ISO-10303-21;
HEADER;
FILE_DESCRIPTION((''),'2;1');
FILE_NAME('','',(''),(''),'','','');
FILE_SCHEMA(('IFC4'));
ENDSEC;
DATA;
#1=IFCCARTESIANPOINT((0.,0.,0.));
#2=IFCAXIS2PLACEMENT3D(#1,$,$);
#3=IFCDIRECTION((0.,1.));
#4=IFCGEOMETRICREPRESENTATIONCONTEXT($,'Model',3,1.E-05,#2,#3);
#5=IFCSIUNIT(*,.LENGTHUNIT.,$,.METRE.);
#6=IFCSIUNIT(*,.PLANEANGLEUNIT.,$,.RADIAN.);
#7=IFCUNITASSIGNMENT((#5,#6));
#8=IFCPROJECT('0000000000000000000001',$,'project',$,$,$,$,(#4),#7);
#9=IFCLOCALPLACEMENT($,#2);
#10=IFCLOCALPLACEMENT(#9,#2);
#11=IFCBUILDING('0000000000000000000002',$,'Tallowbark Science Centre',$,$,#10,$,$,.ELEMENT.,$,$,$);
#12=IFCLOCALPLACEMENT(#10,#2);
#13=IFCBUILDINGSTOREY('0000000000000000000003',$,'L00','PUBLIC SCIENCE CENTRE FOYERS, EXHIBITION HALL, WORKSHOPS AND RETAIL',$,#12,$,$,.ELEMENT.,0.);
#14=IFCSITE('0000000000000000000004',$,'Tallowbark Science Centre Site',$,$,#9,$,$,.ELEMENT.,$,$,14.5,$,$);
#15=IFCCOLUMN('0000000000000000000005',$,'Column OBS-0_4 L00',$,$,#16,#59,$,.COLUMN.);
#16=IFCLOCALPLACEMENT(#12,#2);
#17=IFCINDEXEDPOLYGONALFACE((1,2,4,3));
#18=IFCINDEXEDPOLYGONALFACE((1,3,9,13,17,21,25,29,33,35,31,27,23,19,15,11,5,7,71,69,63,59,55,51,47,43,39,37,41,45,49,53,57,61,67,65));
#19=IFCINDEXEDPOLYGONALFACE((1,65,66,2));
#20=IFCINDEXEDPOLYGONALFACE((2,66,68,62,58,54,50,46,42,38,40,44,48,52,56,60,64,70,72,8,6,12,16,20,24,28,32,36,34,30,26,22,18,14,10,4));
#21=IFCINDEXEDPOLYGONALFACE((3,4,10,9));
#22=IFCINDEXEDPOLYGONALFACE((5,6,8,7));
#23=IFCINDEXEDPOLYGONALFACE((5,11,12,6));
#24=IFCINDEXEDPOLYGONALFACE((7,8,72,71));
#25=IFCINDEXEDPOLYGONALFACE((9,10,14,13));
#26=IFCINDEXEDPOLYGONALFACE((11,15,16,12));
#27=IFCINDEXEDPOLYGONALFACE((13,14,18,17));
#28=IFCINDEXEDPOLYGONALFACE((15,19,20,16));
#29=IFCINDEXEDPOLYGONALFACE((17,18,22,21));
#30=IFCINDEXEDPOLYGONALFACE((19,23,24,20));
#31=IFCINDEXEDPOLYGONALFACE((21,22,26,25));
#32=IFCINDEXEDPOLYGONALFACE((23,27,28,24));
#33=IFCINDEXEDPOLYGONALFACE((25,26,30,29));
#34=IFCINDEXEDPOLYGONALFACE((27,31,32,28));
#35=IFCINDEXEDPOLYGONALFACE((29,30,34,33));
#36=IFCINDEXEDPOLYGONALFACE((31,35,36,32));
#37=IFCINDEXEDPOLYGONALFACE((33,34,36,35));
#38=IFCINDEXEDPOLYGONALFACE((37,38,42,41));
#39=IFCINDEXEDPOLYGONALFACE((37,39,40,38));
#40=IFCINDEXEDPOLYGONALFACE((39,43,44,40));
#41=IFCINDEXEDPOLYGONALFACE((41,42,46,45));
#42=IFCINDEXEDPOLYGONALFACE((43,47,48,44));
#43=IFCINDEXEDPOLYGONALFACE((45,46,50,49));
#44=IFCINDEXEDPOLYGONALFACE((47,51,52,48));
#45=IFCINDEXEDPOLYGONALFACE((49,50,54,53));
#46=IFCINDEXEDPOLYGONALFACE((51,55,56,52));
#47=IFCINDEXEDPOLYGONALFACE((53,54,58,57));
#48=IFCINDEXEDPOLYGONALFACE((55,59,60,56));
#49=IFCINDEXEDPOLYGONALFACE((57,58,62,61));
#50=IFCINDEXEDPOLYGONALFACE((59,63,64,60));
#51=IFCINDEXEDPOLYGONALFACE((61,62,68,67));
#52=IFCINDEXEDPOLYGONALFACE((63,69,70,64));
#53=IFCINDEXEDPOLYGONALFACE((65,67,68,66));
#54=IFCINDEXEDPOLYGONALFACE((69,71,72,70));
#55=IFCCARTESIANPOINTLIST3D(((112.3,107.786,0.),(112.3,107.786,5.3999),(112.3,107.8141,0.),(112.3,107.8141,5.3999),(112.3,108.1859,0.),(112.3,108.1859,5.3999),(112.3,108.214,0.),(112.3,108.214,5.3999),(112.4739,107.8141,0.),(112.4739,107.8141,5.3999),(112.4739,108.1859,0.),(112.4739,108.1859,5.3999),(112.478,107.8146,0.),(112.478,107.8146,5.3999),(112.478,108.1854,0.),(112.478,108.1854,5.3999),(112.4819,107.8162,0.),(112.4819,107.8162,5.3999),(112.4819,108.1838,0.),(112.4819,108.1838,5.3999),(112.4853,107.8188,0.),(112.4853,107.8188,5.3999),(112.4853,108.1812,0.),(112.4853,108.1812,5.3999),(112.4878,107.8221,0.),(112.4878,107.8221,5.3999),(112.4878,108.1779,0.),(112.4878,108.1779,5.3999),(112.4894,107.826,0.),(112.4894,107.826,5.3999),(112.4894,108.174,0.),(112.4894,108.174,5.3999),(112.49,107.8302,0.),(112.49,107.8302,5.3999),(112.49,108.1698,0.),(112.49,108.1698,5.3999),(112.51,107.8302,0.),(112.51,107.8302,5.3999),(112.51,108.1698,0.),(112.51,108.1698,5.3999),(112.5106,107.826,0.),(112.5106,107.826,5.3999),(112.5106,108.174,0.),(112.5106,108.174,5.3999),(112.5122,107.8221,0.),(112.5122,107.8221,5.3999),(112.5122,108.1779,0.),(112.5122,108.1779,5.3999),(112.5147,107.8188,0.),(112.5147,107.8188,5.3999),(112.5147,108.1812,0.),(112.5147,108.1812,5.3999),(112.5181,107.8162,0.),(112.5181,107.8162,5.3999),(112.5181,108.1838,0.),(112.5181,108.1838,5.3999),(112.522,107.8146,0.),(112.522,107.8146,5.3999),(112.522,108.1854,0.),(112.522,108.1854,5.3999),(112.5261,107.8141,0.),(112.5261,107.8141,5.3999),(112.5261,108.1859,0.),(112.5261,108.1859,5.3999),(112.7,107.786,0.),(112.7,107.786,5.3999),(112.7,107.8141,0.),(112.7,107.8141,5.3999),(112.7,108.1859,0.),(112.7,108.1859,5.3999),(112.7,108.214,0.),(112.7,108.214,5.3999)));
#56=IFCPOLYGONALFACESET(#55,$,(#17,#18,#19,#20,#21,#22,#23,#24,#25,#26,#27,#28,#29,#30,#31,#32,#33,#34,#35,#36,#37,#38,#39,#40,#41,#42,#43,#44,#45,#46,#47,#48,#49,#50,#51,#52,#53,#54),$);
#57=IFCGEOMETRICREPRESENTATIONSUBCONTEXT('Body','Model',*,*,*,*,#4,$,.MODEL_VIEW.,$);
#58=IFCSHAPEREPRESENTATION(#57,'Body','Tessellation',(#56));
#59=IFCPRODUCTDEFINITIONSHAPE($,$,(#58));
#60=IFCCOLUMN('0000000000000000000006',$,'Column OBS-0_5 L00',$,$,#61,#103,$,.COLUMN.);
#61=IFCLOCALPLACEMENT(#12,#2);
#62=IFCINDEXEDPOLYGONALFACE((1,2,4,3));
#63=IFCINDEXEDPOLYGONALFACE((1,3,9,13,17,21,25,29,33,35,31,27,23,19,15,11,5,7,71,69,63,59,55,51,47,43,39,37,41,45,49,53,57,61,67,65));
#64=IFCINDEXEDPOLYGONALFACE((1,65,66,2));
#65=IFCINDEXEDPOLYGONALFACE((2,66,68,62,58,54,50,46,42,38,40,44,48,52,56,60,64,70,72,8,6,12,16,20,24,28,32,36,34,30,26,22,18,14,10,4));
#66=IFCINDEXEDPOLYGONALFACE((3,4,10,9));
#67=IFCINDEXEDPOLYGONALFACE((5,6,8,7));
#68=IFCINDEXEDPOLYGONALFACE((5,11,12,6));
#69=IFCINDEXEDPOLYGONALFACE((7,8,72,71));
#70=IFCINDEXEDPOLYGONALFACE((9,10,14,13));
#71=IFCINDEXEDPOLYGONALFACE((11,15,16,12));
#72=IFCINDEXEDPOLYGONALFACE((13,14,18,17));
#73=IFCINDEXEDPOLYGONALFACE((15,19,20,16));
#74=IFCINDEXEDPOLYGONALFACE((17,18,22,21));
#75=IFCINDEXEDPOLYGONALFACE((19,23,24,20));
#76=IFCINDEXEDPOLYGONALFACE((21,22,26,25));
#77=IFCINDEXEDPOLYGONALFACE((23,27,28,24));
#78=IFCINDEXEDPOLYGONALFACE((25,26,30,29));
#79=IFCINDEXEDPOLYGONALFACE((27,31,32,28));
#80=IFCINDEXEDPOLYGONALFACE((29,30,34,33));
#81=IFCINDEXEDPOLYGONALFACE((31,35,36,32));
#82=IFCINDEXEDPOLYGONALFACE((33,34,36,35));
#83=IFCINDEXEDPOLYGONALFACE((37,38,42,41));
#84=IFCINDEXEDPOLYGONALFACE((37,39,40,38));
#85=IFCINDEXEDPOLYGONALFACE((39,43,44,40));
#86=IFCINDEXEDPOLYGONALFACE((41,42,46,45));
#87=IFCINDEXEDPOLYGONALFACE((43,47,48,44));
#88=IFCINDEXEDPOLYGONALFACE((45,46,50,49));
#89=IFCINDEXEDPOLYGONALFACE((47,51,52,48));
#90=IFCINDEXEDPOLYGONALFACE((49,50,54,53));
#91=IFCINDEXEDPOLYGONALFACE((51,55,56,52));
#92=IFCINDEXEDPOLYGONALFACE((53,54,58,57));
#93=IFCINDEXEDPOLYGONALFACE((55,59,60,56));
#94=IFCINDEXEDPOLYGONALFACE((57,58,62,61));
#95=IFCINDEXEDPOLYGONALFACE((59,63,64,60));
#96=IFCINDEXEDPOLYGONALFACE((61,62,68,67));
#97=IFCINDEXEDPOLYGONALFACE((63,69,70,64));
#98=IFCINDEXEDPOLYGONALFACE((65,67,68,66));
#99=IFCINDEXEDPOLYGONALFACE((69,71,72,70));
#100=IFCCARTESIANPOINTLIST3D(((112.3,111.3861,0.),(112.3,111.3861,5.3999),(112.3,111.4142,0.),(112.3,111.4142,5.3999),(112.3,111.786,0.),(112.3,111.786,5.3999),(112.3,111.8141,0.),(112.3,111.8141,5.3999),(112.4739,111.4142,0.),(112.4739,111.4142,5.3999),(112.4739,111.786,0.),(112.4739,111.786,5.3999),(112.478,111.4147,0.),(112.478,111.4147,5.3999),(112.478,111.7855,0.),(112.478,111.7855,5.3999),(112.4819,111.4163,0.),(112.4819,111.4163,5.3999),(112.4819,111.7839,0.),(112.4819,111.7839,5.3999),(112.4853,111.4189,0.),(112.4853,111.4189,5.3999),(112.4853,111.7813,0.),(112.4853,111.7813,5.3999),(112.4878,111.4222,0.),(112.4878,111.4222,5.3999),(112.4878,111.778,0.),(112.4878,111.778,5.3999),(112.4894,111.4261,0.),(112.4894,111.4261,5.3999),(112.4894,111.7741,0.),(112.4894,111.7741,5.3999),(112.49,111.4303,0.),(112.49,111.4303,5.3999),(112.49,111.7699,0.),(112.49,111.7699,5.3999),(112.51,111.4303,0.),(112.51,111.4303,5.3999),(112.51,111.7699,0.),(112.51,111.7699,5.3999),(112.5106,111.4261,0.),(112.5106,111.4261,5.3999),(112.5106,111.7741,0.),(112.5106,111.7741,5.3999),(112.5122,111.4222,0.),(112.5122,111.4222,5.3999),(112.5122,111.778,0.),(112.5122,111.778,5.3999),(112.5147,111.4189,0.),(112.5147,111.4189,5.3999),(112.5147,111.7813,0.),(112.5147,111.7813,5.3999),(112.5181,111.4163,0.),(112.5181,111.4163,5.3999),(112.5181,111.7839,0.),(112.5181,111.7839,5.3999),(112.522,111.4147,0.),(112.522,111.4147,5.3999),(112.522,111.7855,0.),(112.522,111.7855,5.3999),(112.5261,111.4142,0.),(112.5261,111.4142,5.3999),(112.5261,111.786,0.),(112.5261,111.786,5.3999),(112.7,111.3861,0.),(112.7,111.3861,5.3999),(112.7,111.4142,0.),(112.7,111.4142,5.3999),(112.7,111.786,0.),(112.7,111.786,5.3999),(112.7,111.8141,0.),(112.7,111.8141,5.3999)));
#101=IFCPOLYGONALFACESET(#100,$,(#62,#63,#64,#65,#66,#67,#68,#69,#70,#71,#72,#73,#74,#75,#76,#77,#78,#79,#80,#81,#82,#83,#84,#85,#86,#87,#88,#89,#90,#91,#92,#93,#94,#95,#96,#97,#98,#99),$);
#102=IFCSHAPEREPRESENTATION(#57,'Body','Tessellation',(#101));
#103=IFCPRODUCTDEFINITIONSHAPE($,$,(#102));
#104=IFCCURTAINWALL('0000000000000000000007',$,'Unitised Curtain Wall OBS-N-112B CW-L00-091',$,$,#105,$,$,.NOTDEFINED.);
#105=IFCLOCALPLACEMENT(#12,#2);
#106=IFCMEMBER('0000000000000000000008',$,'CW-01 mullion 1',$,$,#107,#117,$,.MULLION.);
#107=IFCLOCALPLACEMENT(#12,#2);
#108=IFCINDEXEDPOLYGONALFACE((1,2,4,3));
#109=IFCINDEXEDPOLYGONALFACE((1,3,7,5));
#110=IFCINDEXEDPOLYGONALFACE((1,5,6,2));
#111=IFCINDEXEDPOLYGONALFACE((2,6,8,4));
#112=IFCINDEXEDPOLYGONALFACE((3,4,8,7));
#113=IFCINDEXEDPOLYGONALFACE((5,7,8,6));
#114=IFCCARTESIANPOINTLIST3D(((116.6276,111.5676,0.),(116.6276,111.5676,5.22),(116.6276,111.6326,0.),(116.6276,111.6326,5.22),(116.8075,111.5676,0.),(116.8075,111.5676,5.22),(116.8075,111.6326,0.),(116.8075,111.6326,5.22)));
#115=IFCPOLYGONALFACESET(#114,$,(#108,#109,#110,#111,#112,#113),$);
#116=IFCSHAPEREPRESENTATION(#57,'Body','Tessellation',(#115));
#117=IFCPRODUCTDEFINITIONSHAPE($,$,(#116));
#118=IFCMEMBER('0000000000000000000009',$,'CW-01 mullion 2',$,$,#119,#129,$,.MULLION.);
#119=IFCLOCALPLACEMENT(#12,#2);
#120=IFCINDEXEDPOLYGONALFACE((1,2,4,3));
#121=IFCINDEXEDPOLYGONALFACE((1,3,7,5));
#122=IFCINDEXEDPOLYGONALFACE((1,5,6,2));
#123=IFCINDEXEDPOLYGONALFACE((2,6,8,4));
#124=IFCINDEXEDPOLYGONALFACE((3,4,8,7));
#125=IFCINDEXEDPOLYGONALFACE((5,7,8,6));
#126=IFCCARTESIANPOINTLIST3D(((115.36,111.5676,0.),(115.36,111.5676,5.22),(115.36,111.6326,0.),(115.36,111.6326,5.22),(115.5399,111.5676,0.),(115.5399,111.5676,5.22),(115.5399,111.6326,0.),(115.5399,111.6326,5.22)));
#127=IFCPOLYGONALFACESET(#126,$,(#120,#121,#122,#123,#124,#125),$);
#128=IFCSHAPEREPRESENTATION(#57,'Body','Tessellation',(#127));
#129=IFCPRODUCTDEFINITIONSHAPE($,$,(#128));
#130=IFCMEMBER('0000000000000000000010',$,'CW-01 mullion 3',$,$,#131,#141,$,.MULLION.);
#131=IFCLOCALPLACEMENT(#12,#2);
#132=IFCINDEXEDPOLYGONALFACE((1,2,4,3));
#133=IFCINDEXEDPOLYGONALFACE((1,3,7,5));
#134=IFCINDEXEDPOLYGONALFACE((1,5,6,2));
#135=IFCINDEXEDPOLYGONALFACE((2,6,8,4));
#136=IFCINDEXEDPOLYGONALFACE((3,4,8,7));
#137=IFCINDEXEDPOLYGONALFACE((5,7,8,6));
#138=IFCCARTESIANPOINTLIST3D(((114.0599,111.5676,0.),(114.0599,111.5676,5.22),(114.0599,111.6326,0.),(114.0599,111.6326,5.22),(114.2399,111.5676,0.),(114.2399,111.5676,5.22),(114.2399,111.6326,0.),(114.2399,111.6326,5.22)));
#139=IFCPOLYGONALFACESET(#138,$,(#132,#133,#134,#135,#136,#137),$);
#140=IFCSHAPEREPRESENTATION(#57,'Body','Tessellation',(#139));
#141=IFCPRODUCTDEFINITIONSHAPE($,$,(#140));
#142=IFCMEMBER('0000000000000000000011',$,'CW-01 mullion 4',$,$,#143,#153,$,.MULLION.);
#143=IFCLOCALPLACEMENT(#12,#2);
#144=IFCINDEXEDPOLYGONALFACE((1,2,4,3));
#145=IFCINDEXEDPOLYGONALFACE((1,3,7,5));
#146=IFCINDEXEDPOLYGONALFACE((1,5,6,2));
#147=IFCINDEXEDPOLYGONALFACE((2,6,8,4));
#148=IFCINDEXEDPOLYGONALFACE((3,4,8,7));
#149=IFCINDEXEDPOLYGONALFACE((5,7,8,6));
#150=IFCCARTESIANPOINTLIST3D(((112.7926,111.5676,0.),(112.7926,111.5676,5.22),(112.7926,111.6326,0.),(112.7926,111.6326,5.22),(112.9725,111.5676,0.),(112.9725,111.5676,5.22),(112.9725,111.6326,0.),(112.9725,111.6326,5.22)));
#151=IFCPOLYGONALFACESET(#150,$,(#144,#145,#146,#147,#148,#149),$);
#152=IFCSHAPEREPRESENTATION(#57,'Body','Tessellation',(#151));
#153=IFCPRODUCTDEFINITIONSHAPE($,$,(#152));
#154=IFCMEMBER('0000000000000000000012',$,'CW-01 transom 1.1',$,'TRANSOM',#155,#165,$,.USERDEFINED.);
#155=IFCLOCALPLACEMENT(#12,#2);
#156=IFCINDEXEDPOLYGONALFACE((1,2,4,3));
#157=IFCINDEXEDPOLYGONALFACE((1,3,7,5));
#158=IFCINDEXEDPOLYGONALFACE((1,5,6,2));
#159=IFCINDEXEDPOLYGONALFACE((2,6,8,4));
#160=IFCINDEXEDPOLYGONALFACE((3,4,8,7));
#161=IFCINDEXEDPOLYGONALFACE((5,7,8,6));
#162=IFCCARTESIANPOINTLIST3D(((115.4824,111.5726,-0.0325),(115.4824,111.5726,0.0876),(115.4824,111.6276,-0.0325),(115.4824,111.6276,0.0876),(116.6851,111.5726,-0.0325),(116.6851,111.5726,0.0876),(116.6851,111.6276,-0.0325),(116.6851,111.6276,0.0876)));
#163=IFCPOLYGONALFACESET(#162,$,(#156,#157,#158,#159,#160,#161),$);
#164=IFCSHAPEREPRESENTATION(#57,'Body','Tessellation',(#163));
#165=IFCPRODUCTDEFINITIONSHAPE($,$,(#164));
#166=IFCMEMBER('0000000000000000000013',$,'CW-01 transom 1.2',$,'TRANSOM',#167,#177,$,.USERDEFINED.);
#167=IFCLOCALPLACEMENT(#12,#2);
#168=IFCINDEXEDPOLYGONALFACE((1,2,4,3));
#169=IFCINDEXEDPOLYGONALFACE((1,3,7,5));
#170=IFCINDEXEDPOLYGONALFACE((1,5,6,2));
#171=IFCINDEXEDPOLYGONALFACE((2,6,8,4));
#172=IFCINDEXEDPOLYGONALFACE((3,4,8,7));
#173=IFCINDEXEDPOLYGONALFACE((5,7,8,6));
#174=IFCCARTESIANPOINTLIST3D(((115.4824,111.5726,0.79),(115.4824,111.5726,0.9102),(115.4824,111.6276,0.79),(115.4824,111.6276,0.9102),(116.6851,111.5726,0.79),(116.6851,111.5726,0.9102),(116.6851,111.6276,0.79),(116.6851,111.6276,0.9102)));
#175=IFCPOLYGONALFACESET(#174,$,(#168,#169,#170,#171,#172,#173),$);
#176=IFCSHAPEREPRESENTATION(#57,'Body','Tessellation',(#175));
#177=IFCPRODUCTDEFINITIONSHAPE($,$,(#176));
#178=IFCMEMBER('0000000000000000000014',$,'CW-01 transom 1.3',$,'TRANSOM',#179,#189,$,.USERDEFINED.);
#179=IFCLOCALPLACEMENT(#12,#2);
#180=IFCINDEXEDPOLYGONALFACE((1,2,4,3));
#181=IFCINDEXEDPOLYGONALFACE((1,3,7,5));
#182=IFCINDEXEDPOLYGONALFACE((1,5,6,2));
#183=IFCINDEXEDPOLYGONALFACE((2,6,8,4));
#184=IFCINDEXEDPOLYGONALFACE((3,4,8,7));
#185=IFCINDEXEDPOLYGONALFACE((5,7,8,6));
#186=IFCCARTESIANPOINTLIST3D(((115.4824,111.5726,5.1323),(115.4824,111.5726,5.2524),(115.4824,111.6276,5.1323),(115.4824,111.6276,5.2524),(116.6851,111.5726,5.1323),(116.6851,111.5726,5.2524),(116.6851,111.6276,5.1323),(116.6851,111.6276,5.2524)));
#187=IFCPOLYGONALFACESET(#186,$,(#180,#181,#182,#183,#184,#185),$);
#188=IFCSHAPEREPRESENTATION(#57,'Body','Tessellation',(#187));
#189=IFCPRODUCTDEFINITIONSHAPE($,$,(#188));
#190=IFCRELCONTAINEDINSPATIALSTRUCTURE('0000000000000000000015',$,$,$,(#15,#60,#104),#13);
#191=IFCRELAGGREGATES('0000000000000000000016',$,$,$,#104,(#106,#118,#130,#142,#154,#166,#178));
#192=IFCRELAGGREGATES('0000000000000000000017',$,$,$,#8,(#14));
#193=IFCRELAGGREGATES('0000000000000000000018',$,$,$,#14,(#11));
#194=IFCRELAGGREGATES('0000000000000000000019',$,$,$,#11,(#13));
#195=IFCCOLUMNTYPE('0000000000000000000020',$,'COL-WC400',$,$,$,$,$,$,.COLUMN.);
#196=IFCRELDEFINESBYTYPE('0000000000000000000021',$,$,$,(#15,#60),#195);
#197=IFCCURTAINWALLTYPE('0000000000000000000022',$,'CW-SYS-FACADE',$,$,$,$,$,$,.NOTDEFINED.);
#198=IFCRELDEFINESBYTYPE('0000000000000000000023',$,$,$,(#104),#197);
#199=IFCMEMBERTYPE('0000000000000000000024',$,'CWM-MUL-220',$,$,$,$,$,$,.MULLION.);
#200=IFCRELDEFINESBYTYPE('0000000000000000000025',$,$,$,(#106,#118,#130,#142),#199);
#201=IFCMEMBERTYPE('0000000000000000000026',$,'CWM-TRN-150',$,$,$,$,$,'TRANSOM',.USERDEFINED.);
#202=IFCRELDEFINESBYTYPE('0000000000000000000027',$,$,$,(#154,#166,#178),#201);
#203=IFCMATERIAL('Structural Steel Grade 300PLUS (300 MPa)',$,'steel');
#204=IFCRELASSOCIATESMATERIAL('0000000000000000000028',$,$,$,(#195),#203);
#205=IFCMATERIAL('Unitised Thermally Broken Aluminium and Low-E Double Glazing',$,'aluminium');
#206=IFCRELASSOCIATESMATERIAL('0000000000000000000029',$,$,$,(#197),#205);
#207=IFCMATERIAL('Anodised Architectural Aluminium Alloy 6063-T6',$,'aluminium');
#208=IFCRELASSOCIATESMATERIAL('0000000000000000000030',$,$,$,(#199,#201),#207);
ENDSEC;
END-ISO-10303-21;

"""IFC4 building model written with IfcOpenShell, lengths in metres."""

from ifc_helpers import new_model, si_unit, direction, frame, origin, origin_2d, place, context, subcontext, project, spatial, rectangle, i_section, extrude, material, material_profile, profile_set, type_object, element, aggregate, save


model = new_model("IFC4")

# Units and contexts
model_context = context("Model", 3, precision=1e-05, world=origin(), true_north=direction((0.0, 1.0)))
body_context = subcontext(model_context, "Body", "Model", "MODEL_VIEW")
ifc_project = project(units=[si_unit("LENGTHUNIT", "METRE"), si_unit("PLANEANGLEUNIT", "RADIAN")], contexts=[model_context])

# Site, building, storey
site_placement = place(None, origin())
site = spatial("IfcSite", under=ifc_project, at=site_placement, Name="Tallowbark Science Centre Site", CompositionType="ELEMENT", RefElevation=14.5)
building_placement = place(site_placement, origin())
building = spatial("IfcBuilding", under=site, at=building_placement, Name="Tallowbark Science Centre", CompositionType="ELEMENT")
storey_placement = place(building_placement, origin())
storey = spatial("IfcBuildingStorey", under=building, at=storey_placement, Name="L00", Description="PUBLIC SCIENCE CENTRE FOYERS, EXHIBITION HALL, WORKSHOPS AND RETAIL", CompositionType="ELEMENT", Elevation=0.0)

# Columns
ifc_material_1 = material(Name="Structural Steel Grade 300PLUS (300 MPa)", Category="steel")
ifc_material_profile_1 = material_profile(ifc_material_1, i_section(OverallWidth=0.3999, OverallDepth=0.428, WebThickness=0.02, FlangeThickness=0.0281, FilletRadius=0.0161, at=origin_2d()), Name="400WC270")
ifc_profile_set_1 = profile_set([ifc_material_profile_1], Name="Structural Steel Grade 300PLUS (300 MPa)")
column_type = type_object("IfcColumnType", Name="COL-WC400", PredefinedType="COLUMN", material=ifc_profile_set_1)
for number, where, z_axis, x_axis, name in (
    (1, (112.5, 108.0, 0.0), (0.0, 0.0, 1.0), (1.0, 0.0, 0.0), "Column OBS-0_4 L00"),
    (2, (112.5, 111.6001, 0.0), (0.0, 0.0, 1.0), (1.0, 0.0, 0.0), "Column OBS-0_5 L00"),
):
    element("IfcColumn", number, at=place(storey_placement, frame(where, z_axis=z_axis, x_axis=x_axis)), inside=storey, type_object=column_type, Name=name, PredefinedType="COLUMN", context=body_context, shape_type="SweptSolid", body=[
        extrude(i_section(OverallWidth=0.3999, OverallDepth=0.428, WebThickness=0.02, FlangeThickness=0.0281, FilletRadius=0.0161, at=origin_2d()), origin(), (0.0, 0.0, 1.0), 5.3999),
    ])

# Curtain wall, members
ifc_material_2 = material(Name="Unitised Thermally Broken Aluminium and Low-E Double Glazing", Category="aluminium")
curtain_wall_type = type_object("IfcCurtainWallType", Name="CW-SYS-FACADE", PredefinedType="NOTDEFINED", material=ifc_material_2)
curtain_wall_placement = place(storey_placement, origin())
curtain_wall = element("IfcCurtainWall", 3, at=curtain_wall_placement, inside=storey, type_object=curtain_wall_type, Name="Unitised Curtain Wall OBS-N-112B CW-L00-091", PredefinedType="NOTDEFINED")
ifc_material_3 = material(Name="Anodised Architectural Aluminium Alloy 6063-T6", Category="aluminium")
ifc_material_profile_2 = material_profile(ifc_material_3, rectangle(XDim=0.0649, YDim=0.1799, at=origin_2d()), Name="ALU65x180")
ifc_profile_set_2 = profile_set([ifc_material_profile_2], Name="Anodised Architectural Aluminium Alloy 6063-T6")
member_type_1 = type_object("IfcMemberType", Name="CWM-MUL-220", PredefinedType="MULLION", material=ifc_profile_set_2)
member_1_placement = place(storey_placement, frame((116.7175, 111.6001, 0.0), z_axis=(0.0, 0.0, 1.0), x_axis=(0.0, -1.0, 0.0)))
member_1 = element("IfcMember", 4, at=member_1_placement, type_object=member_type_1, Name="CW-01 mullion 1", PredefinedType="MULLION", context=body_context, shape_type="SweptSolid", body=[
    extrude(rectangle(XDim=0.0649, YDim=0.1799, at=origin_2d()), origin(), (0.0, 0.0, 1.0), 5.22),
])
member_2_placement = place(storey_placement, frame((115.45, 111.6001, 0.0), z_axis=(0.0, 0.0, 1.0), x_axis=(0.0, -1.0, 0.0)))
member_2 = element("IfcMember", 5, at=member_2_placement, type_object=member_type_1, Name="CW-01 mullion 2", PredefinedType="MULLION", context=body_context, shape_type="SweptSolid", body=[
    extrude(rectangle(XDim=0.0649, YDim=0.1799, at=origin_2d()), origin(), (0.0, 0.0, 1.0), 5.22),
])
member_3_placement = place(storey_placement, frame((114.1499, 111.6001, 0.0), z_axis=(0.0, 0.0, 1.0), x_axis=(0.0, -1.0, 0.0)))
member_3 = element("IfcMember", 6, at=member_3_placement, type_object=member_type_1, Name="CW-01 mullion 3", PredefinedType="MULLION", context=body_context, shape_type="SweptSolid", body=[
    extrude(rectangle(XDim=0.0649, YDim=0.1799, at=origin_2d()), origin(), (0.0, 0.0, 1.0), 5.22),
])
member_4_placement = place(storey_placement, frame((112.8826, 111.6001, 0.0), z_axis=(0.0, 0.0, 1.0), x_axis=(0.0, -1.0, 0.0)))
member_4 = element("IfcMember", 7, at=member_4_placement, type_object=member_type_1, Name="CW-01 mullion 4", PredefinedType="MULLION", context=body_context, shape_type="SweptSolid", body=[
    extrude(rectangle(XDim=0.0649, YDim=0.1799, at=origin_2d()), origin(), (0.0, 0.0, 1.0), 5.22),
])
ifc_material_profile_3 = material_profile(ifc_material_3, rectangle(XDim=0.0549, YDim=0.1201, at=origin_2d()), Name="ALU55x120")
ifc_profile_set_3 = profile_set([ifc_material_profile_3], Name="Anodised Architectural Aluminium Alloy 6063-T6")
member_type_2 = type_object("IfcMemberType", Name="CWM-TRN-150", ElementType="TRANSOM", PredefinedType="USERDEFINED", material=ifc_profile_set_3)
member_5_placement = place(storey_placement, frame((116.6851, 111.6001, 0.0276), z_axis=(-1.0, 0.0, 0.0), x_axis=(0.0, -1.0, 0.0)))
member_5 = element("IfcMember", 8, at=member_5_placement, type_object=member_type_2, Name="CW-01 transom 1.1", ObjectType="TRANSOM", PredefinedType="USERDEFINED", context=body_context, shape_type="SweptSolid", body=[
    extrude(rectangle(XDim=0.0549, YDim=0.1201, at=origin_2d()), origin(), (0.0, 0.0, 1.0), 1.2026),
])
member_6_placement = place(storey_placement, frame((116.6851, 111.6001, 0.8501), z_axis=(-1.0, 0.0, 0.0), x_axis=(0.0, -1.0, 0.0)))
member_6 = element("IfcMember", 9, at=member_6_placement, type_object=member_type_2, Name="CW-01 transom 1.2", ObjectType="TRANSOM", PredefinedType="USERDEFINED", context=body_context, shape_type="SweptSolid", body=[
    extrude(rectangle(XDim=0.0549, YDim=0.1201, at=origin_2d()), origin(), (0.0, 0.0, 1.0), 1.2026),
])
member_7_placement = place(storey_placement, frame((116.6851, 111.6001, 5.1924), z_axis=(-1.0, 0.0, 0.0), x_axis=(0.0, -1.0, 0.0)))
member_7 = element("IfcMember", 10, at=member_7_placement, type_object=member_type_2, Name="CW-01 transom 1.3", ObjectType="TRANSOM", PredefinedType="USERDEFINED", context=body_context, shape_type="SweptSolid", body=[
    extrude(rectangle(XDim=0.0549, YDim=0.1201, at=origin_2d()), origin(), (0.0, 0.0, 1.0), 1.2026),
])

aggregate(curtain_wall, [member_1, member_2, member_3, member_4, member_5, member_6, member_7])

save(model, "model.ifc")
